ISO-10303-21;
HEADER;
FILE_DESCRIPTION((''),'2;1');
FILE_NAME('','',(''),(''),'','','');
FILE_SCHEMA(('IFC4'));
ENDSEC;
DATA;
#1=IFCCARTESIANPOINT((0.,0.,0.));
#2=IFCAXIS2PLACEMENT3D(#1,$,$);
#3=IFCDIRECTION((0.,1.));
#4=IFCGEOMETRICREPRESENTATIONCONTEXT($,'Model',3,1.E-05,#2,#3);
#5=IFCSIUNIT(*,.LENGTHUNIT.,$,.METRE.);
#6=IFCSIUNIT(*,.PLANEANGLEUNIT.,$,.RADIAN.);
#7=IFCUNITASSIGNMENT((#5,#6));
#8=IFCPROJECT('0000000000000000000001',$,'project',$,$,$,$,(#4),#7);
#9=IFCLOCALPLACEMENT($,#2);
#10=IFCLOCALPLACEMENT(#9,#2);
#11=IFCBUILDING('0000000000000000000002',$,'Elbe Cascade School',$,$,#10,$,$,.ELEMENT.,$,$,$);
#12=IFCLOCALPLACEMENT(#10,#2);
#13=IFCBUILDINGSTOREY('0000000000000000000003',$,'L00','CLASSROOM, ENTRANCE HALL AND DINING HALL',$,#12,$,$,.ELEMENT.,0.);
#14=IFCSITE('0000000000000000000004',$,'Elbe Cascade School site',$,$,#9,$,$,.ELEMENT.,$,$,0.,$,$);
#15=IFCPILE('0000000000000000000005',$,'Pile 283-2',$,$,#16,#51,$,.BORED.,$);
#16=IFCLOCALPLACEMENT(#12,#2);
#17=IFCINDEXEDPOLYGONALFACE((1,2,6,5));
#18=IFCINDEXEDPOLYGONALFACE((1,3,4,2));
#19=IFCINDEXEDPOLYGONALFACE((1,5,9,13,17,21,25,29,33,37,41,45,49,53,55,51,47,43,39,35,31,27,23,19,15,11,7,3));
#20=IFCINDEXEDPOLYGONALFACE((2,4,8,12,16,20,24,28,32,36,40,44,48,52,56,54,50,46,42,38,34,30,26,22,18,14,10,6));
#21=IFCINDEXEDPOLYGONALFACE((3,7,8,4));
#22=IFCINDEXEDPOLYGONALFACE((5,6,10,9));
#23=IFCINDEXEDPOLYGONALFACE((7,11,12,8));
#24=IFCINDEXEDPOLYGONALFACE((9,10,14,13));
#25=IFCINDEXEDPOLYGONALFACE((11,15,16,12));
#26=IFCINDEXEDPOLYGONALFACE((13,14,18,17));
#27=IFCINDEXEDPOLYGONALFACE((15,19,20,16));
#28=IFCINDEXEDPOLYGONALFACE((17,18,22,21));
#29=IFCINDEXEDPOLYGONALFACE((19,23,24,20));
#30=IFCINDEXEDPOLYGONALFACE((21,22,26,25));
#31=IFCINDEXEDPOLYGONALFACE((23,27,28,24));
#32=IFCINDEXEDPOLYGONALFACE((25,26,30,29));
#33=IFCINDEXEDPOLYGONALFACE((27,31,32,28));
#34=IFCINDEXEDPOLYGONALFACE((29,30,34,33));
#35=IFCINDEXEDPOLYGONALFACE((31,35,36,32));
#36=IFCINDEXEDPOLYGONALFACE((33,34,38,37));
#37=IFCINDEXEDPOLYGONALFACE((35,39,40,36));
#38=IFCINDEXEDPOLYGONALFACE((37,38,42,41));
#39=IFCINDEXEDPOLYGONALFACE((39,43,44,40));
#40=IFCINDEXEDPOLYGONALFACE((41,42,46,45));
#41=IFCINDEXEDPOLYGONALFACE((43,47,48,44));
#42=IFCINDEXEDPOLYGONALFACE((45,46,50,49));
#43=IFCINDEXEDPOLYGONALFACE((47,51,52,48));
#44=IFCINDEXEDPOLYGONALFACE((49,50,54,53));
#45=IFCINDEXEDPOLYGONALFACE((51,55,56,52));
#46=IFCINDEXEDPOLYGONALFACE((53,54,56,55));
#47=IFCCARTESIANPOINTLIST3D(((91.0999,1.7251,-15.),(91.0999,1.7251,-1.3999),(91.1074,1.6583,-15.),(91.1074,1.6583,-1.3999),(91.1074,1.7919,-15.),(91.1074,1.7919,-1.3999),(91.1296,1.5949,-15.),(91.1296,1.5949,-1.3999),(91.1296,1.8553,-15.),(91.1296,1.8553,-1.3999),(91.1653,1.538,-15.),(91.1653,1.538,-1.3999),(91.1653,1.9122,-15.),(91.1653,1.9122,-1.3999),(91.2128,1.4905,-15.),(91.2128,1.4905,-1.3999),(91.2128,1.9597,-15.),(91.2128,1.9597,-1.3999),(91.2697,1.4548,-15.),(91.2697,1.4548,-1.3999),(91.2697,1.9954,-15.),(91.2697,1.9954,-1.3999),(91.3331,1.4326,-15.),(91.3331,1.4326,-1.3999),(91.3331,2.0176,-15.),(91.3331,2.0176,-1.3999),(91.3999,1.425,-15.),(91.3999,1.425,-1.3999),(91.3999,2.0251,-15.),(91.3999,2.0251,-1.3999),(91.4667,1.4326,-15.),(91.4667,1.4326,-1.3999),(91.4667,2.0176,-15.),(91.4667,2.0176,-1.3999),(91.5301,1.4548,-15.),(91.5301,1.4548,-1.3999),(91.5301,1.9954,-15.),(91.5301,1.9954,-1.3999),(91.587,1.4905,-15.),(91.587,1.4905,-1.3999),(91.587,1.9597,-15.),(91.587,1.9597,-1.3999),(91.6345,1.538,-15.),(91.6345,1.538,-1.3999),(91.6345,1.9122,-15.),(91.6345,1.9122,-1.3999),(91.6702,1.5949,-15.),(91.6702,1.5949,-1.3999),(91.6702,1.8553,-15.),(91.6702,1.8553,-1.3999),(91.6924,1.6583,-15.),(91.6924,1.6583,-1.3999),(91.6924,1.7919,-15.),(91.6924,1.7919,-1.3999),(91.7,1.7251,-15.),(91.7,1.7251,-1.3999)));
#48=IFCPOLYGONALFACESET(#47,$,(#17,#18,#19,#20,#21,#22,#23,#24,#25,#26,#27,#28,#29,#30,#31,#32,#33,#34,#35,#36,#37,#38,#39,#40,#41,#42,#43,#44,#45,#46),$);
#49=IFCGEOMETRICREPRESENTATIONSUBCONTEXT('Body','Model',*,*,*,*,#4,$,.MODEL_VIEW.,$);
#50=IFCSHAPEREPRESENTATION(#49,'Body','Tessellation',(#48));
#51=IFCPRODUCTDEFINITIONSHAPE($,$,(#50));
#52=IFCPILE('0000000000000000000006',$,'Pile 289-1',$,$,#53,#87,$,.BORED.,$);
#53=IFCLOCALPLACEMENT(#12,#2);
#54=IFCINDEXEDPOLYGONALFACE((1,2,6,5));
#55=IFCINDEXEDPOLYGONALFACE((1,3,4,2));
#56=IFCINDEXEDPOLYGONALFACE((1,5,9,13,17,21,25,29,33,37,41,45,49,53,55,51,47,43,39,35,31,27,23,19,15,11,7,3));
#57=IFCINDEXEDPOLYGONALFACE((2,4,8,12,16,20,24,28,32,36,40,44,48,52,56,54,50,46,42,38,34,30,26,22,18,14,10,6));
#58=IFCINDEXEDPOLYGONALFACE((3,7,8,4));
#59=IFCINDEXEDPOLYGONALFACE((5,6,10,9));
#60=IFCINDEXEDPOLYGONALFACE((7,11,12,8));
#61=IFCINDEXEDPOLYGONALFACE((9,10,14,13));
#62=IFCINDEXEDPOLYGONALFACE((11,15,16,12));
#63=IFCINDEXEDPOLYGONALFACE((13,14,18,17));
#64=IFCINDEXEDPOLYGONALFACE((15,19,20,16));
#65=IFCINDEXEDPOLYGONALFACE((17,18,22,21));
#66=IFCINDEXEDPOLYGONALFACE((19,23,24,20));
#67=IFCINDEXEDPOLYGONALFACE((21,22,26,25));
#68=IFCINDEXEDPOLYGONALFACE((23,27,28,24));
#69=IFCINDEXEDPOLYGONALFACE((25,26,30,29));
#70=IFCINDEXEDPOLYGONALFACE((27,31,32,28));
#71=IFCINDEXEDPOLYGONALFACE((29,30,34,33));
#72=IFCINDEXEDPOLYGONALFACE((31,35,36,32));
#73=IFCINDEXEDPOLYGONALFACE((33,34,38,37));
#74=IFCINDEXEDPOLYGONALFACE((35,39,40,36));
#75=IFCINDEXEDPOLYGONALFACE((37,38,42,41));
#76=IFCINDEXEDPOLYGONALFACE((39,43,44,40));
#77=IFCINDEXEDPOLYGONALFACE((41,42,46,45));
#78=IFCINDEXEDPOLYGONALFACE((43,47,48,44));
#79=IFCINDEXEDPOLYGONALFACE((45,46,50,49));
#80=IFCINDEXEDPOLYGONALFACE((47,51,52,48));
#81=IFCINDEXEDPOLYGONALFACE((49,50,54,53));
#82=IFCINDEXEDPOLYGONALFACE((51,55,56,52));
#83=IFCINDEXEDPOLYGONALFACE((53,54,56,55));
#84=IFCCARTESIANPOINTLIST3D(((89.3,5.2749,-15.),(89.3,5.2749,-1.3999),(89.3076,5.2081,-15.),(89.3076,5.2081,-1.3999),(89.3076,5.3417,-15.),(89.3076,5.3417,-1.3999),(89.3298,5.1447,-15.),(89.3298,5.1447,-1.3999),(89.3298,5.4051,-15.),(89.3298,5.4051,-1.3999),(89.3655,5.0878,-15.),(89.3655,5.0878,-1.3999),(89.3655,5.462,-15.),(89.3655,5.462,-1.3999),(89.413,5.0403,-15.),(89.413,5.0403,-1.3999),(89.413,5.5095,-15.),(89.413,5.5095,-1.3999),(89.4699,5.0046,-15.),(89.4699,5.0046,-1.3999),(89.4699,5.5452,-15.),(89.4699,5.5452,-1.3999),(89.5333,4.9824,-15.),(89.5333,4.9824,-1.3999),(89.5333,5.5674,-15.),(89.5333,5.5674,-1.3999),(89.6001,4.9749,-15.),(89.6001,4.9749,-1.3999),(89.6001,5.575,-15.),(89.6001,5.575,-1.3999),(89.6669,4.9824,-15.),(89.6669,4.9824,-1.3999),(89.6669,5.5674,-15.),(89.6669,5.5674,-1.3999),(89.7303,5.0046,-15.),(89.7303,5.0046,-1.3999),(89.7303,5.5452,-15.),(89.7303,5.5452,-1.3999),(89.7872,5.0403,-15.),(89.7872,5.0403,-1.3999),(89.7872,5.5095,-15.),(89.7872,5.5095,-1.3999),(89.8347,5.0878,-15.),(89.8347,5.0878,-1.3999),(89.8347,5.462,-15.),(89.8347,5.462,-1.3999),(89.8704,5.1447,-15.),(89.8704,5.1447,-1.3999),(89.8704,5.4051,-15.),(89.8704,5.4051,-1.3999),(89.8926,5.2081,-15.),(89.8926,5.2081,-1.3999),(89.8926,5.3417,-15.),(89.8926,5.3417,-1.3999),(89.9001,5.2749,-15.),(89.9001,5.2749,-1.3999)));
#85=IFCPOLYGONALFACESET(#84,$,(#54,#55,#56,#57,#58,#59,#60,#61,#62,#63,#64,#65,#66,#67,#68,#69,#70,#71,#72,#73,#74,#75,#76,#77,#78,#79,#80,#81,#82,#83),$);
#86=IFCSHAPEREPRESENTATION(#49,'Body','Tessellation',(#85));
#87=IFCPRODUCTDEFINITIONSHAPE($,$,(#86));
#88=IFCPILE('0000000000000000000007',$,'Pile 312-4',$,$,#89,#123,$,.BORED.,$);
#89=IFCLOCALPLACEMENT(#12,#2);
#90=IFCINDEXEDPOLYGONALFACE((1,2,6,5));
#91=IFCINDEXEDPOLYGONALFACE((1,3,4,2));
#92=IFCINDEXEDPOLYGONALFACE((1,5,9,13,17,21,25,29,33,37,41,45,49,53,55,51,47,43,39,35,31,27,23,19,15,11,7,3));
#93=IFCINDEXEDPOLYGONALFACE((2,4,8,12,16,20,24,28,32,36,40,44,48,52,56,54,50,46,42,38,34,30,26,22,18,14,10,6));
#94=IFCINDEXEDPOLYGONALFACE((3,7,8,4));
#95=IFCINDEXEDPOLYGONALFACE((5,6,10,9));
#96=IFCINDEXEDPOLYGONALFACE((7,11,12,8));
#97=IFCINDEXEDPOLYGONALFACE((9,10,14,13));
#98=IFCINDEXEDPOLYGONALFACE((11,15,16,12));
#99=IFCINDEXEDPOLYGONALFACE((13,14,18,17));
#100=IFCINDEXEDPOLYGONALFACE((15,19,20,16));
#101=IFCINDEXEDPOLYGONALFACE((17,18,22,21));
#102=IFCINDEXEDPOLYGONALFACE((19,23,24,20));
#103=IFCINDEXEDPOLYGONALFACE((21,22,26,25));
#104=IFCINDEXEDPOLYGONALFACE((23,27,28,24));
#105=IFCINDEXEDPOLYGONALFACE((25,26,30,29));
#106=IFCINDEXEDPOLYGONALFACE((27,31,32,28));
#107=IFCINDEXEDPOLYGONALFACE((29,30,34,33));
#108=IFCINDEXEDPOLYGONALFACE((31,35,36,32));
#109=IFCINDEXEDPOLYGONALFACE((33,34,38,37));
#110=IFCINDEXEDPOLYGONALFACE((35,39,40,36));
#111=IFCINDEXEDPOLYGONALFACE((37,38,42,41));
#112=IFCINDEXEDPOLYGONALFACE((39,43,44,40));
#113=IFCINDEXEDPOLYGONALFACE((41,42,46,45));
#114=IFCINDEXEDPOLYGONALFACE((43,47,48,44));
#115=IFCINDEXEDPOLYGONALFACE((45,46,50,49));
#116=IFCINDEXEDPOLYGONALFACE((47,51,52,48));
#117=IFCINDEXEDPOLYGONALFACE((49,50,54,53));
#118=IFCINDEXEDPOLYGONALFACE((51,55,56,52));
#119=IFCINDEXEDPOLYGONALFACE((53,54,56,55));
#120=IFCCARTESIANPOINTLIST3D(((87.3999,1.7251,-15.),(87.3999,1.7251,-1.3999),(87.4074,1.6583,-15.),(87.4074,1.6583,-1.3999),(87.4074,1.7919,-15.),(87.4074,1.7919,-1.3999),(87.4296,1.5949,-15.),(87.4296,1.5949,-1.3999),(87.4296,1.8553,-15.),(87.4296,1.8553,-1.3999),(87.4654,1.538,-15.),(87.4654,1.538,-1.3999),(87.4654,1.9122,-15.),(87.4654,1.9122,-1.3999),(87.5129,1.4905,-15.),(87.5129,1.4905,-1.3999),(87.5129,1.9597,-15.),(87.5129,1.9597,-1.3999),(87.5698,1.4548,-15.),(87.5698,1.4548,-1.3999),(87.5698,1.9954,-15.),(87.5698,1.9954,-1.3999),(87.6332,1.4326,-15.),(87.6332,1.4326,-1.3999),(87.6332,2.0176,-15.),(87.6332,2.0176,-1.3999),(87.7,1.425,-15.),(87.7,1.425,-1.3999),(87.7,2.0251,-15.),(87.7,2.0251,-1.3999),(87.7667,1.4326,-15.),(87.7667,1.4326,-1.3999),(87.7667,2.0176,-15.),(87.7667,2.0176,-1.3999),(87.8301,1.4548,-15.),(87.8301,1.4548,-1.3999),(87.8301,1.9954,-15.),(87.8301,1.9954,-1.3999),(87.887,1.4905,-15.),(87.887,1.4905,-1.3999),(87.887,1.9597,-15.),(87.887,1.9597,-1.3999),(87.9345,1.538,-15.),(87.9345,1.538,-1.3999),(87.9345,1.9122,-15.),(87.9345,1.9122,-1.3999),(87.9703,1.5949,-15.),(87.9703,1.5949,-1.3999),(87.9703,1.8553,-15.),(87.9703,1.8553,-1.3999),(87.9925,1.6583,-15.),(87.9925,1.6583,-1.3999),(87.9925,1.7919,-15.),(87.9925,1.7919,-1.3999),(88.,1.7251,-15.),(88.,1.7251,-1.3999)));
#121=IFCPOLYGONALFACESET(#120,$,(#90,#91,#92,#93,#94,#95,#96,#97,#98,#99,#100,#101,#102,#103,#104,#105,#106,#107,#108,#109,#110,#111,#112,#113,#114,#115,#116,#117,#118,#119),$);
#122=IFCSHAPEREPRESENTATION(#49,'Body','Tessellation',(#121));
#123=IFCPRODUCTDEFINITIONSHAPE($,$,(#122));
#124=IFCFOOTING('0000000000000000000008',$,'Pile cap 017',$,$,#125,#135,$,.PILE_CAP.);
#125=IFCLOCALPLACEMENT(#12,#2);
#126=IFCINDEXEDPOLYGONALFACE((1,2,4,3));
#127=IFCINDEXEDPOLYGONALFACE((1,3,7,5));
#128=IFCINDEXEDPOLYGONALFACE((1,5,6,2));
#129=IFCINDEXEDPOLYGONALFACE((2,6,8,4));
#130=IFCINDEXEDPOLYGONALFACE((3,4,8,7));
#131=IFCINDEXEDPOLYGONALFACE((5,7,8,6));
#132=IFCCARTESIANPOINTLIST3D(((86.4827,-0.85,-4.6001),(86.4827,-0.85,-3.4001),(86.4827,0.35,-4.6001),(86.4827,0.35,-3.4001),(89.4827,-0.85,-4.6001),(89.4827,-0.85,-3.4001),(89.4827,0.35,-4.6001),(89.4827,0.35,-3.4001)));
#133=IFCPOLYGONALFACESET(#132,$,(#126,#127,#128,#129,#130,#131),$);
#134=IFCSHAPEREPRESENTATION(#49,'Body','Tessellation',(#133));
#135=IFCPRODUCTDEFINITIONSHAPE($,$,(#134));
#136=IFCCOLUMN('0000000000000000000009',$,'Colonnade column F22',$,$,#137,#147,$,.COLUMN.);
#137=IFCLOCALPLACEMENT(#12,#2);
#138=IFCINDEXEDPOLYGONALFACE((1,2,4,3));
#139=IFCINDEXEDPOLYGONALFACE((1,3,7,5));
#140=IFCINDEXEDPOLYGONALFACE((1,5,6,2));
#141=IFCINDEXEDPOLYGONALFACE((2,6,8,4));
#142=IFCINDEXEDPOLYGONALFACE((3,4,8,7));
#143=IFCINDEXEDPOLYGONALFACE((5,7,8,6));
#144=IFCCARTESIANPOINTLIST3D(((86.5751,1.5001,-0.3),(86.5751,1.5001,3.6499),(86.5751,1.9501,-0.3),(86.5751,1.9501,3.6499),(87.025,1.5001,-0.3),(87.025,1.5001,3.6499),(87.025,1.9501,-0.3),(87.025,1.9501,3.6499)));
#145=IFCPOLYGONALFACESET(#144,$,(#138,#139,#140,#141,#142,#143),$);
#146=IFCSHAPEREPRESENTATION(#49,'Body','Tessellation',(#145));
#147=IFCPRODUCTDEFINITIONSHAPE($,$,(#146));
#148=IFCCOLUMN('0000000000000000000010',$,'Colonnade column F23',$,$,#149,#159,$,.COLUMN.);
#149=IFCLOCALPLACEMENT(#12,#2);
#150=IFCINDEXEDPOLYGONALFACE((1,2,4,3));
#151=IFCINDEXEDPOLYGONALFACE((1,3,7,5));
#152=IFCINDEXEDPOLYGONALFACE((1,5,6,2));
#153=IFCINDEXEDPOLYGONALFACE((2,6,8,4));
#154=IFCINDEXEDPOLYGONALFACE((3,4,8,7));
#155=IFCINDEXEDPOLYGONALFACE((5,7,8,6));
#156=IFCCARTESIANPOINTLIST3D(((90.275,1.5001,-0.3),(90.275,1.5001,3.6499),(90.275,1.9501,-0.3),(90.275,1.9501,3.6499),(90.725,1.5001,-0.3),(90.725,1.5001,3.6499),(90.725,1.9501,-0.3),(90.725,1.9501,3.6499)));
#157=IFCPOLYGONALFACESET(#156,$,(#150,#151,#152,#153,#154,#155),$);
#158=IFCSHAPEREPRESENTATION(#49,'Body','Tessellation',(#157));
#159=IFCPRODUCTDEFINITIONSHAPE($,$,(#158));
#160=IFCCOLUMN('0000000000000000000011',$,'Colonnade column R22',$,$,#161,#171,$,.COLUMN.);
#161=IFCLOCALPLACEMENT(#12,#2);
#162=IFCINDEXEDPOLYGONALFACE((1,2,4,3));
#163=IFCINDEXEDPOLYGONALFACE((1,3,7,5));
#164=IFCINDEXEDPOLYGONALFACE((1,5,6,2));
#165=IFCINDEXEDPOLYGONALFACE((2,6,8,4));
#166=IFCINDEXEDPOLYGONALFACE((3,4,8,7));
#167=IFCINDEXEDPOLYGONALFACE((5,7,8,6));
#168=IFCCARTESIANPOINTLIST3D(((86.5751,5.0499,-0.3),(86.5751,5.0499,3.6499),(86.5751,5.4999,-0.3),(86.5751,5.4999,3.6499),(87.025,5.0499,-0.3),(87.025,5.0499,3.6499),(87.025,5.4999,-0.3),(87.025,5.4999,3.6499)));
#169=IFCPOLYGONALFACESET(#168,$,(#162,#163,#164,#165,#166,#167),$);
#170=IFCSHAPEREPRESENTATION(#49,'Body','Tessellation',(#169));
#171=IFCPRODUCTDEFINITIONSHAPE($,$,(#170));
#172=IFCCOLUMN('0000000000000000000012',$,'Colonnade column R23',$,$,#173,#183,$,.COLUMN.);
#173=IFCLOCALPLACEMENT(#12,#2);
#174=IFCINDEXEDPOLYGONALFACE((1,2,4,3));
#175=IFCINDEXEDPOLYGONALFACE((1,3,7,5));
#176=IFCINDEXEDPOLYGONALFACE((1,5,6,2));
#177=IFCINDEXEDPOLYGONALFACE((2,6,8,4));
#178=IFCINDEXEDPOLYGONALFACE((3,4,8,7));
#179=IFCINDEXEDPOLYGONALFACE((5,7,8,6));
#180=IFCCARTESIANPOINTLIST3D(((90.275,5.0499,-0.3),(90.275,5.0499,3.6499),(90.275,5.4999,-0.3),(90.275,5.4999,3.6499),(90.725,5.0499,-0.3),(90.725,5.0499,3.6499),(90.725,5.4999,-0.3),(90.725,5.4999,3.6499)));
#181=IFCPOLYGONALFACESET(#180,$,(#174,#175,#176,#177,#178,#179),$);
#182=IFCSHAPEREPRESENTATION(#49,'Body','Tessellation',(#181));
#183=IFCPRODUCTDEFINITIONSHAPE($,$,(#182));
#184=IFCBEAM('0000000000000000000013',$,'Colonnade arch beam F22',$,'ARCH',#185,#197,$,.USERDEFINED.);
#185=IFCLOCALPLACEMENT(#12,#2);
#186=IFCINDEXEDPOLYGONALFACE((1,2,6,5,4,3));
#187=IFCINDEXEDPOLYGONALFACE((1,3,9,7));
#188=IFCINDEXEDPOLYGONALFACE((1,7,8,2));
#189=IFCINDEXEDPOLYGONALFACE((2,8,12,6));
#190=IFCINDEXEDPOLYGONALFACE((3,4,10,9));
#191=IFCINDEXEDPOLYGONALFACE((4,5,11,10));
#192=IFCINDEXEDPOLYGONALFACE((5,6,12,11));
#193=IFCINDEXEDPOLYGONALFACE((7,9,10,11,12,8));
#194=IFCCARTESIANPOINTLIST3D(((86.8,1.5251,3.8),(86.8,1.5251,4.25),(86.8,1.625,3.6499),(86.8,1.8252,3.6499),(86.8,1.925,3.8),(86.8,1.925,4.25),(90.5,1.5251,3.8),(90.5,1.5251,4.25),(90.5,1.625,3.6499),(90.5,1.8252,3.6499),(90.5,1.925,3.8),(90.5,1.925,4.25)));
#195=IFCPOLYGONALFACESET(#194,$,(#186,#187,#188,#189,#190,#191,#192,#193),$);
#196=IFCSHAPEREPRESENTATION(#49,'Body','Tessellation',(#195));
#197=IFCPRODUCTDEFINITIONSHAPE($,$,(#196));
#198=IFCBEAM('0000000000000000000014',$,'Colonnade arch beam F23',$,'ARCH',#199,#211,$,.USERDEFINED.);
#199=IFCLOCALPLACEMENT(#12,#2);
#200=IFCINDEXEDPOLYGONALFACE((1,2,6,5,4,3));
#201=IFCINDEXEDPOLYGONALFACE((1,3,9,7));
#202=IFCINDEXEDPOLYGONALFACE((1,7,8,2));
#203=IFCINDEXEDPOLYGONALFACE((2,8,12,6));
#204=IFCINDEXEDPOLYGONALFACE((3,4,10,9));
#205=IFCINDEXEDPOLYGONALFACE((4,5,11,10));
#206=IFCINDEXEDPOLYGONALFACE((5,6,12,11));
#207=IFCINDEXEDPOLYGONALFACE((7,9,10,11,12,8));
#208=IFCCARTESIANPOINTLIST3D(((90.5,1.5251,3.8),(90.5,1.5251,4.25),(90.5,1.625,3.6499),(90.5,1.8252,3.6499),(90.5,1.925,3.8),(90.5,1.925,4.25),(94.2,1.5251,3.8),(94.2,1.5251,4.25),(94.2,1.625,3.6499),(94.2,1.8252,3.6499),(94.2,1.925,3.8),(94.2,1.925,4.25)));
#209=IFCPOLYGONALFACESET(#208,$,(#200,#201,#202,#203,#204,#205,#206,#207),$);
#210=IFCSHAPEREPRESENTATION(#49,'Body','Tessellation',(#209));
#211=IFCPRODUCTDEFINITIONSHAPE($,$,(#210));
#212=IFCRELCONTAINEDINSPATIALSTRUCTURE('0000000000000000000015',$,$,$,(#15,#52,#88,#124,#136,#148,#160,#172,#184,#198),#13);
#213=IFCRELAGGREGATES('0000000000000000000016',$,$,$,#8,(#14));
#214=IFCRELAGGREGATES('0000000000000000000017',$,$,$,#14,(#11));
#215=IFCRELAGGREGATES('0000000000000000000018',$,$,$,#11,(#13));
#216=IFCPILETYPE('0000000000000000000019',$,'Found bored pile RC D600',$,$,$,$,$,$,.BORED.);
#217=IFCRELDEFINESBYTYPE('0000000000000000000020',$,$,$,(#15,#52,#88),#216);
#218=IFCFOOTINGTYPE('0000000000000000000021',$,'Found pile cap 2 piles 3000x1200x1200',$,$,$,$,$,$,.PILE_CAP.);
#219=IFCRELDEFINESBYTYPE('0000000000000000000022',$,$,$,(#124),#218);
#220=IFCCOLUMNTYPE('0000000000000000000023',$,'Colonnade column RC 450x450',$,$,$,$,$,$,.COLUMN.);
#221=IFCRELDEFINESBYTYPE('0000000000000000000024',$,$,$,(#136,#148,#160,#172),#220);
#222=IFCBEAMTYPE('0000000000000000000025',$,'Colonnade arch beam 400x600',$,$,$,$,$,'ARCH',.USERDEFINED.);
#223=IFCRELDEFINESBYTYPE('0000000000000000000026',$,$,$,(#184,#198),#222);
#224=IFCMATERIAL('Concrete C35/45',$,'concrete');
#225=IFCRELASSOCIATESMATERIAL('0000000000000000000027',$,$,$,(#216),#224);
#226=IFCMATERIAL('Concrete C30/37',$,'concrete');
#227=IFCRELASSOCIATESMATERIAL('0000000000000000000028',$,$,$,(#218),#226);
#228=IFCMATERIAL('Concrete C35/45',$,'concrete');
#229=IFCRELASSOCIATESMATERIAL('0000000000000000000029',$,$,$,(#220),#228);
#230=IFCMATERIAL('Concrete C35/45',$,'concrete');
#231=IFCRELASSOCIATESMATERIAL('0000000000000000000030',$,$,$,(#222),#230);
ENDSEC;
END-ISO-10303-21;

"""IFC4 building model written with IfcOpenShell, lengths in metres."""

from ifc_helpers import new_model, si_unit, direction, frame, origin, origin_2d, place, context, subcontext, project, spatial, polyline, rectangle, circle, outline, extrude, material, material_profile, profile_set, type_object, element, save


model = new_model("IFC4")

# Units and contexts
model_context = context("Model", 3, precision=1e-05, world=origin(), true_north=direction((0.0, 1.0)))
body_context = subcontext(model_context, "Body", "Model", "MODEL_VIEW")
ifc_project = project(units=[si_unit("LENGTHUNIT", "METRE"), si_unit("PLANEANGLEUNIT", "RADIAN")], contexts=[model_context])

# Site, building, storey
site_placement = place(None, origin())
site = spatial("IfcSite", under=ifc_project, at=site_placement, Name="Elbe Cascade School site", CompositionType="ELEMENT", RefElevation=0.0)
building_placement = place(site_placement, origin())
building = spatial("IfcBuilding", under=site, at=building_placement, Name="Elbe Cascade School", CompositionType="ELEMENT")
storey_placement = place(building_placement, origin())
storey = spatial("IfcBuildingStorey", under=building, at=storey_placement, Name="L00", Description="CLASSROOM, ENTRANCE HALL AND DINING HALL", CompositionType="ELEMENT", Elevation=0.0)

# Piles
ifc_material_1 = material(Name="Concrete C35/45", Category="concrete")
ifc_material_profile_1 = material_profile(ifc_material_1, circle(Radius=0.3, at=origin_2d()), Name="RC D600")
ifc_profile_set_1 = profile_set([ifc_material_profile_1], Name="Concrete C35/45")
pile_type = type_object("IfcPileType", Name="Found bored pile RC D600", PredefinedType="BORED", material=ifc_profile_set_1)
for number, where, z_axis, x_axis, name in (
    (1, (91.3999, 1.7251, -1.3999), (0.0, 0.0, -1.0), (1.0, 0.0, 0.0), "Pile 283-2"),
    (2, (89.6001, 5.2749, -1.3999), (0.0, 0.0, -1.0), (1.0, 0.0, 0.0), "Pile 289-1"),
    (3, (87.7, 1.7251, -1.3999), (0.0, 0.0, -1.0), (1.0, 0.0, 0.0), "Pile 312-4"),
):
    element("IfcPile", number, at=place(storey_placement, frame(where, z_axis=z_axis, x_axis=x_axis)), inside=storey, type_object=pile_type, Name=name, PredefinedType="BORED", context=body_context, shape_type="SweptSolid", body=[
        extrude(circle(Radius=0.3, at=origin_2d()), origin(), (0.0, 0.0, 1.0), 13.6001),
    ])

# Footing
ifc_material_2 = material(Name="Concrete C30/37", Category="concrete")
footing_type = type_object("IfcFootingType", Name="Found pile cap 2 piles 3000x1200x1200", PredefinedType="PILE_CAP", material=ifc_material_2)
footing_placement = place(storey_placement, frame((87.9827, -0.25, -4.6001), z_axis=(0.0, 0.0, 1.0), x_axis=(1.0, 0.0, 0.0)))
element("IfcFooting", 4, at=footing_placement, inside=storey, type_object=footing_type, Name="Pile cap 017", PredefinedType="PILE_CAP", context=body_context, shape_type="SweptSolid", body=[
    extrude(rectangle(XDim=3.0, YDim=1.2, at=origin_2d()), origin(), (0.0, 0.0, 1.0), 1.2),
])

# Columns
ifc_material_3 = material(Name="Concrete C35/45", Category="concrete")
ifc_material_profile_2 = material_profile(ifc_material_3, rectangle(XDim=0.45, YDim=0.45, at=origin_2d()), Name="RC 450x450")
ifc_profile_set_2 = profile_set([ifc_material_profile_2], Name="Concrete C35/45")
column_type = type_object("IfcColumnType", Name="Colonnade column RC 450x450", PredefinedType="COLUMN", material=ifc_profile_set_2)
for number, where, z_axis, x_axis, name in (
    (5, (86.8, 1.7251, -0.3), (0.0, 0.0, 1.0), (1.0, 0.0, 0.0), "Colonnade column F22"),
    (6, (90.5, 1.7251, -0.3), (0.0, 0.0, 1.0), (1.0, 0.0, 0.0), "Colonnade column F23"),
    (7, (86.8, 5.2749, -0.3), (0.0, 0.0, 1.0), (1.0, 0.0, 0.0), "Colonnade column R22"),
    (8, (90.5, 5.2749, -0.3), (0.0, 0.0, 1.0), (1.0, 0.0, 0.0), "Colonnade column R23"),
):
    element("IfcColumn", number, at=place(storey_placement, frame(where, z_axis=z_axis, x_axis=x_axis)), inside=storey, type_object=column_type, Name=name, PredefinedType="COLUMN", context=body_context, shape_type="SweptSolid", body=[
        extrude(rectangle(XDim=0.45, YDim=0.45, at=origin_2d()), origin(), (0.0, 0.0, 1.0), 3.95),
    ])

# Beams
ifc_material_4 = material(Name="Concrete C35/45", Category="concrete")
ifc_material_profile_3 = material_profile(ifc_material_4, outline(polyline([(-0.2, 0.3), (0.2, 0.3), (0.2, -0.1499), (0.1001, -0.3), (-0.1001, -0.3), (-0.2, -0.1499), (-0.2, 0.3)])), Name="RC arch 400x600")
ifc_profile_set_3 = profile_set([ifc_material_profile_3], Name="Concrete C35/45")
beam_type_1 = type_object("IfcBeamType", Name="Colonnade arch beam 400x600", ElementType="ARCH", PredefinedType="USERDEFINED", material=ifc_profile_set_3)
for number, where, z_axis, x_axis, name in (
    (9, (86.8, 1.7251, 3.95), (1.0, 0.0, 0.0), (0.0, 1.0, 0.0), "Colonnade arch beam F22"),
    (10, (90.5, 1.7251, 3.95), (1.0, 0.0, 0.0), (0.0, 1.0, 0.0), "Colonnade arch beam F23"),
):
    element("IfcBeam", number, at=place(storey_placement, frame(where, z_axis=z_axis, x_axis=x_axis)), inside=storey, type_object=beam_type_1, Name=name, ObjectType="ARCH", PredefinedType="USERDEFINED", context=body_context, shape_type="SweptSolid", body=[
        extrude(outline(polyline([(-0.2, 0.3), (0.2, 0.3), (0.2, -0.1499), (0.1001, -0.3), (-0.1001, -0.3), (-0.2, -0.1499), (-0.2, 0.3)])), origin(), (0.0, 0.0, 1.0), 3.7),
    ])

save(model, "model.ifc")
